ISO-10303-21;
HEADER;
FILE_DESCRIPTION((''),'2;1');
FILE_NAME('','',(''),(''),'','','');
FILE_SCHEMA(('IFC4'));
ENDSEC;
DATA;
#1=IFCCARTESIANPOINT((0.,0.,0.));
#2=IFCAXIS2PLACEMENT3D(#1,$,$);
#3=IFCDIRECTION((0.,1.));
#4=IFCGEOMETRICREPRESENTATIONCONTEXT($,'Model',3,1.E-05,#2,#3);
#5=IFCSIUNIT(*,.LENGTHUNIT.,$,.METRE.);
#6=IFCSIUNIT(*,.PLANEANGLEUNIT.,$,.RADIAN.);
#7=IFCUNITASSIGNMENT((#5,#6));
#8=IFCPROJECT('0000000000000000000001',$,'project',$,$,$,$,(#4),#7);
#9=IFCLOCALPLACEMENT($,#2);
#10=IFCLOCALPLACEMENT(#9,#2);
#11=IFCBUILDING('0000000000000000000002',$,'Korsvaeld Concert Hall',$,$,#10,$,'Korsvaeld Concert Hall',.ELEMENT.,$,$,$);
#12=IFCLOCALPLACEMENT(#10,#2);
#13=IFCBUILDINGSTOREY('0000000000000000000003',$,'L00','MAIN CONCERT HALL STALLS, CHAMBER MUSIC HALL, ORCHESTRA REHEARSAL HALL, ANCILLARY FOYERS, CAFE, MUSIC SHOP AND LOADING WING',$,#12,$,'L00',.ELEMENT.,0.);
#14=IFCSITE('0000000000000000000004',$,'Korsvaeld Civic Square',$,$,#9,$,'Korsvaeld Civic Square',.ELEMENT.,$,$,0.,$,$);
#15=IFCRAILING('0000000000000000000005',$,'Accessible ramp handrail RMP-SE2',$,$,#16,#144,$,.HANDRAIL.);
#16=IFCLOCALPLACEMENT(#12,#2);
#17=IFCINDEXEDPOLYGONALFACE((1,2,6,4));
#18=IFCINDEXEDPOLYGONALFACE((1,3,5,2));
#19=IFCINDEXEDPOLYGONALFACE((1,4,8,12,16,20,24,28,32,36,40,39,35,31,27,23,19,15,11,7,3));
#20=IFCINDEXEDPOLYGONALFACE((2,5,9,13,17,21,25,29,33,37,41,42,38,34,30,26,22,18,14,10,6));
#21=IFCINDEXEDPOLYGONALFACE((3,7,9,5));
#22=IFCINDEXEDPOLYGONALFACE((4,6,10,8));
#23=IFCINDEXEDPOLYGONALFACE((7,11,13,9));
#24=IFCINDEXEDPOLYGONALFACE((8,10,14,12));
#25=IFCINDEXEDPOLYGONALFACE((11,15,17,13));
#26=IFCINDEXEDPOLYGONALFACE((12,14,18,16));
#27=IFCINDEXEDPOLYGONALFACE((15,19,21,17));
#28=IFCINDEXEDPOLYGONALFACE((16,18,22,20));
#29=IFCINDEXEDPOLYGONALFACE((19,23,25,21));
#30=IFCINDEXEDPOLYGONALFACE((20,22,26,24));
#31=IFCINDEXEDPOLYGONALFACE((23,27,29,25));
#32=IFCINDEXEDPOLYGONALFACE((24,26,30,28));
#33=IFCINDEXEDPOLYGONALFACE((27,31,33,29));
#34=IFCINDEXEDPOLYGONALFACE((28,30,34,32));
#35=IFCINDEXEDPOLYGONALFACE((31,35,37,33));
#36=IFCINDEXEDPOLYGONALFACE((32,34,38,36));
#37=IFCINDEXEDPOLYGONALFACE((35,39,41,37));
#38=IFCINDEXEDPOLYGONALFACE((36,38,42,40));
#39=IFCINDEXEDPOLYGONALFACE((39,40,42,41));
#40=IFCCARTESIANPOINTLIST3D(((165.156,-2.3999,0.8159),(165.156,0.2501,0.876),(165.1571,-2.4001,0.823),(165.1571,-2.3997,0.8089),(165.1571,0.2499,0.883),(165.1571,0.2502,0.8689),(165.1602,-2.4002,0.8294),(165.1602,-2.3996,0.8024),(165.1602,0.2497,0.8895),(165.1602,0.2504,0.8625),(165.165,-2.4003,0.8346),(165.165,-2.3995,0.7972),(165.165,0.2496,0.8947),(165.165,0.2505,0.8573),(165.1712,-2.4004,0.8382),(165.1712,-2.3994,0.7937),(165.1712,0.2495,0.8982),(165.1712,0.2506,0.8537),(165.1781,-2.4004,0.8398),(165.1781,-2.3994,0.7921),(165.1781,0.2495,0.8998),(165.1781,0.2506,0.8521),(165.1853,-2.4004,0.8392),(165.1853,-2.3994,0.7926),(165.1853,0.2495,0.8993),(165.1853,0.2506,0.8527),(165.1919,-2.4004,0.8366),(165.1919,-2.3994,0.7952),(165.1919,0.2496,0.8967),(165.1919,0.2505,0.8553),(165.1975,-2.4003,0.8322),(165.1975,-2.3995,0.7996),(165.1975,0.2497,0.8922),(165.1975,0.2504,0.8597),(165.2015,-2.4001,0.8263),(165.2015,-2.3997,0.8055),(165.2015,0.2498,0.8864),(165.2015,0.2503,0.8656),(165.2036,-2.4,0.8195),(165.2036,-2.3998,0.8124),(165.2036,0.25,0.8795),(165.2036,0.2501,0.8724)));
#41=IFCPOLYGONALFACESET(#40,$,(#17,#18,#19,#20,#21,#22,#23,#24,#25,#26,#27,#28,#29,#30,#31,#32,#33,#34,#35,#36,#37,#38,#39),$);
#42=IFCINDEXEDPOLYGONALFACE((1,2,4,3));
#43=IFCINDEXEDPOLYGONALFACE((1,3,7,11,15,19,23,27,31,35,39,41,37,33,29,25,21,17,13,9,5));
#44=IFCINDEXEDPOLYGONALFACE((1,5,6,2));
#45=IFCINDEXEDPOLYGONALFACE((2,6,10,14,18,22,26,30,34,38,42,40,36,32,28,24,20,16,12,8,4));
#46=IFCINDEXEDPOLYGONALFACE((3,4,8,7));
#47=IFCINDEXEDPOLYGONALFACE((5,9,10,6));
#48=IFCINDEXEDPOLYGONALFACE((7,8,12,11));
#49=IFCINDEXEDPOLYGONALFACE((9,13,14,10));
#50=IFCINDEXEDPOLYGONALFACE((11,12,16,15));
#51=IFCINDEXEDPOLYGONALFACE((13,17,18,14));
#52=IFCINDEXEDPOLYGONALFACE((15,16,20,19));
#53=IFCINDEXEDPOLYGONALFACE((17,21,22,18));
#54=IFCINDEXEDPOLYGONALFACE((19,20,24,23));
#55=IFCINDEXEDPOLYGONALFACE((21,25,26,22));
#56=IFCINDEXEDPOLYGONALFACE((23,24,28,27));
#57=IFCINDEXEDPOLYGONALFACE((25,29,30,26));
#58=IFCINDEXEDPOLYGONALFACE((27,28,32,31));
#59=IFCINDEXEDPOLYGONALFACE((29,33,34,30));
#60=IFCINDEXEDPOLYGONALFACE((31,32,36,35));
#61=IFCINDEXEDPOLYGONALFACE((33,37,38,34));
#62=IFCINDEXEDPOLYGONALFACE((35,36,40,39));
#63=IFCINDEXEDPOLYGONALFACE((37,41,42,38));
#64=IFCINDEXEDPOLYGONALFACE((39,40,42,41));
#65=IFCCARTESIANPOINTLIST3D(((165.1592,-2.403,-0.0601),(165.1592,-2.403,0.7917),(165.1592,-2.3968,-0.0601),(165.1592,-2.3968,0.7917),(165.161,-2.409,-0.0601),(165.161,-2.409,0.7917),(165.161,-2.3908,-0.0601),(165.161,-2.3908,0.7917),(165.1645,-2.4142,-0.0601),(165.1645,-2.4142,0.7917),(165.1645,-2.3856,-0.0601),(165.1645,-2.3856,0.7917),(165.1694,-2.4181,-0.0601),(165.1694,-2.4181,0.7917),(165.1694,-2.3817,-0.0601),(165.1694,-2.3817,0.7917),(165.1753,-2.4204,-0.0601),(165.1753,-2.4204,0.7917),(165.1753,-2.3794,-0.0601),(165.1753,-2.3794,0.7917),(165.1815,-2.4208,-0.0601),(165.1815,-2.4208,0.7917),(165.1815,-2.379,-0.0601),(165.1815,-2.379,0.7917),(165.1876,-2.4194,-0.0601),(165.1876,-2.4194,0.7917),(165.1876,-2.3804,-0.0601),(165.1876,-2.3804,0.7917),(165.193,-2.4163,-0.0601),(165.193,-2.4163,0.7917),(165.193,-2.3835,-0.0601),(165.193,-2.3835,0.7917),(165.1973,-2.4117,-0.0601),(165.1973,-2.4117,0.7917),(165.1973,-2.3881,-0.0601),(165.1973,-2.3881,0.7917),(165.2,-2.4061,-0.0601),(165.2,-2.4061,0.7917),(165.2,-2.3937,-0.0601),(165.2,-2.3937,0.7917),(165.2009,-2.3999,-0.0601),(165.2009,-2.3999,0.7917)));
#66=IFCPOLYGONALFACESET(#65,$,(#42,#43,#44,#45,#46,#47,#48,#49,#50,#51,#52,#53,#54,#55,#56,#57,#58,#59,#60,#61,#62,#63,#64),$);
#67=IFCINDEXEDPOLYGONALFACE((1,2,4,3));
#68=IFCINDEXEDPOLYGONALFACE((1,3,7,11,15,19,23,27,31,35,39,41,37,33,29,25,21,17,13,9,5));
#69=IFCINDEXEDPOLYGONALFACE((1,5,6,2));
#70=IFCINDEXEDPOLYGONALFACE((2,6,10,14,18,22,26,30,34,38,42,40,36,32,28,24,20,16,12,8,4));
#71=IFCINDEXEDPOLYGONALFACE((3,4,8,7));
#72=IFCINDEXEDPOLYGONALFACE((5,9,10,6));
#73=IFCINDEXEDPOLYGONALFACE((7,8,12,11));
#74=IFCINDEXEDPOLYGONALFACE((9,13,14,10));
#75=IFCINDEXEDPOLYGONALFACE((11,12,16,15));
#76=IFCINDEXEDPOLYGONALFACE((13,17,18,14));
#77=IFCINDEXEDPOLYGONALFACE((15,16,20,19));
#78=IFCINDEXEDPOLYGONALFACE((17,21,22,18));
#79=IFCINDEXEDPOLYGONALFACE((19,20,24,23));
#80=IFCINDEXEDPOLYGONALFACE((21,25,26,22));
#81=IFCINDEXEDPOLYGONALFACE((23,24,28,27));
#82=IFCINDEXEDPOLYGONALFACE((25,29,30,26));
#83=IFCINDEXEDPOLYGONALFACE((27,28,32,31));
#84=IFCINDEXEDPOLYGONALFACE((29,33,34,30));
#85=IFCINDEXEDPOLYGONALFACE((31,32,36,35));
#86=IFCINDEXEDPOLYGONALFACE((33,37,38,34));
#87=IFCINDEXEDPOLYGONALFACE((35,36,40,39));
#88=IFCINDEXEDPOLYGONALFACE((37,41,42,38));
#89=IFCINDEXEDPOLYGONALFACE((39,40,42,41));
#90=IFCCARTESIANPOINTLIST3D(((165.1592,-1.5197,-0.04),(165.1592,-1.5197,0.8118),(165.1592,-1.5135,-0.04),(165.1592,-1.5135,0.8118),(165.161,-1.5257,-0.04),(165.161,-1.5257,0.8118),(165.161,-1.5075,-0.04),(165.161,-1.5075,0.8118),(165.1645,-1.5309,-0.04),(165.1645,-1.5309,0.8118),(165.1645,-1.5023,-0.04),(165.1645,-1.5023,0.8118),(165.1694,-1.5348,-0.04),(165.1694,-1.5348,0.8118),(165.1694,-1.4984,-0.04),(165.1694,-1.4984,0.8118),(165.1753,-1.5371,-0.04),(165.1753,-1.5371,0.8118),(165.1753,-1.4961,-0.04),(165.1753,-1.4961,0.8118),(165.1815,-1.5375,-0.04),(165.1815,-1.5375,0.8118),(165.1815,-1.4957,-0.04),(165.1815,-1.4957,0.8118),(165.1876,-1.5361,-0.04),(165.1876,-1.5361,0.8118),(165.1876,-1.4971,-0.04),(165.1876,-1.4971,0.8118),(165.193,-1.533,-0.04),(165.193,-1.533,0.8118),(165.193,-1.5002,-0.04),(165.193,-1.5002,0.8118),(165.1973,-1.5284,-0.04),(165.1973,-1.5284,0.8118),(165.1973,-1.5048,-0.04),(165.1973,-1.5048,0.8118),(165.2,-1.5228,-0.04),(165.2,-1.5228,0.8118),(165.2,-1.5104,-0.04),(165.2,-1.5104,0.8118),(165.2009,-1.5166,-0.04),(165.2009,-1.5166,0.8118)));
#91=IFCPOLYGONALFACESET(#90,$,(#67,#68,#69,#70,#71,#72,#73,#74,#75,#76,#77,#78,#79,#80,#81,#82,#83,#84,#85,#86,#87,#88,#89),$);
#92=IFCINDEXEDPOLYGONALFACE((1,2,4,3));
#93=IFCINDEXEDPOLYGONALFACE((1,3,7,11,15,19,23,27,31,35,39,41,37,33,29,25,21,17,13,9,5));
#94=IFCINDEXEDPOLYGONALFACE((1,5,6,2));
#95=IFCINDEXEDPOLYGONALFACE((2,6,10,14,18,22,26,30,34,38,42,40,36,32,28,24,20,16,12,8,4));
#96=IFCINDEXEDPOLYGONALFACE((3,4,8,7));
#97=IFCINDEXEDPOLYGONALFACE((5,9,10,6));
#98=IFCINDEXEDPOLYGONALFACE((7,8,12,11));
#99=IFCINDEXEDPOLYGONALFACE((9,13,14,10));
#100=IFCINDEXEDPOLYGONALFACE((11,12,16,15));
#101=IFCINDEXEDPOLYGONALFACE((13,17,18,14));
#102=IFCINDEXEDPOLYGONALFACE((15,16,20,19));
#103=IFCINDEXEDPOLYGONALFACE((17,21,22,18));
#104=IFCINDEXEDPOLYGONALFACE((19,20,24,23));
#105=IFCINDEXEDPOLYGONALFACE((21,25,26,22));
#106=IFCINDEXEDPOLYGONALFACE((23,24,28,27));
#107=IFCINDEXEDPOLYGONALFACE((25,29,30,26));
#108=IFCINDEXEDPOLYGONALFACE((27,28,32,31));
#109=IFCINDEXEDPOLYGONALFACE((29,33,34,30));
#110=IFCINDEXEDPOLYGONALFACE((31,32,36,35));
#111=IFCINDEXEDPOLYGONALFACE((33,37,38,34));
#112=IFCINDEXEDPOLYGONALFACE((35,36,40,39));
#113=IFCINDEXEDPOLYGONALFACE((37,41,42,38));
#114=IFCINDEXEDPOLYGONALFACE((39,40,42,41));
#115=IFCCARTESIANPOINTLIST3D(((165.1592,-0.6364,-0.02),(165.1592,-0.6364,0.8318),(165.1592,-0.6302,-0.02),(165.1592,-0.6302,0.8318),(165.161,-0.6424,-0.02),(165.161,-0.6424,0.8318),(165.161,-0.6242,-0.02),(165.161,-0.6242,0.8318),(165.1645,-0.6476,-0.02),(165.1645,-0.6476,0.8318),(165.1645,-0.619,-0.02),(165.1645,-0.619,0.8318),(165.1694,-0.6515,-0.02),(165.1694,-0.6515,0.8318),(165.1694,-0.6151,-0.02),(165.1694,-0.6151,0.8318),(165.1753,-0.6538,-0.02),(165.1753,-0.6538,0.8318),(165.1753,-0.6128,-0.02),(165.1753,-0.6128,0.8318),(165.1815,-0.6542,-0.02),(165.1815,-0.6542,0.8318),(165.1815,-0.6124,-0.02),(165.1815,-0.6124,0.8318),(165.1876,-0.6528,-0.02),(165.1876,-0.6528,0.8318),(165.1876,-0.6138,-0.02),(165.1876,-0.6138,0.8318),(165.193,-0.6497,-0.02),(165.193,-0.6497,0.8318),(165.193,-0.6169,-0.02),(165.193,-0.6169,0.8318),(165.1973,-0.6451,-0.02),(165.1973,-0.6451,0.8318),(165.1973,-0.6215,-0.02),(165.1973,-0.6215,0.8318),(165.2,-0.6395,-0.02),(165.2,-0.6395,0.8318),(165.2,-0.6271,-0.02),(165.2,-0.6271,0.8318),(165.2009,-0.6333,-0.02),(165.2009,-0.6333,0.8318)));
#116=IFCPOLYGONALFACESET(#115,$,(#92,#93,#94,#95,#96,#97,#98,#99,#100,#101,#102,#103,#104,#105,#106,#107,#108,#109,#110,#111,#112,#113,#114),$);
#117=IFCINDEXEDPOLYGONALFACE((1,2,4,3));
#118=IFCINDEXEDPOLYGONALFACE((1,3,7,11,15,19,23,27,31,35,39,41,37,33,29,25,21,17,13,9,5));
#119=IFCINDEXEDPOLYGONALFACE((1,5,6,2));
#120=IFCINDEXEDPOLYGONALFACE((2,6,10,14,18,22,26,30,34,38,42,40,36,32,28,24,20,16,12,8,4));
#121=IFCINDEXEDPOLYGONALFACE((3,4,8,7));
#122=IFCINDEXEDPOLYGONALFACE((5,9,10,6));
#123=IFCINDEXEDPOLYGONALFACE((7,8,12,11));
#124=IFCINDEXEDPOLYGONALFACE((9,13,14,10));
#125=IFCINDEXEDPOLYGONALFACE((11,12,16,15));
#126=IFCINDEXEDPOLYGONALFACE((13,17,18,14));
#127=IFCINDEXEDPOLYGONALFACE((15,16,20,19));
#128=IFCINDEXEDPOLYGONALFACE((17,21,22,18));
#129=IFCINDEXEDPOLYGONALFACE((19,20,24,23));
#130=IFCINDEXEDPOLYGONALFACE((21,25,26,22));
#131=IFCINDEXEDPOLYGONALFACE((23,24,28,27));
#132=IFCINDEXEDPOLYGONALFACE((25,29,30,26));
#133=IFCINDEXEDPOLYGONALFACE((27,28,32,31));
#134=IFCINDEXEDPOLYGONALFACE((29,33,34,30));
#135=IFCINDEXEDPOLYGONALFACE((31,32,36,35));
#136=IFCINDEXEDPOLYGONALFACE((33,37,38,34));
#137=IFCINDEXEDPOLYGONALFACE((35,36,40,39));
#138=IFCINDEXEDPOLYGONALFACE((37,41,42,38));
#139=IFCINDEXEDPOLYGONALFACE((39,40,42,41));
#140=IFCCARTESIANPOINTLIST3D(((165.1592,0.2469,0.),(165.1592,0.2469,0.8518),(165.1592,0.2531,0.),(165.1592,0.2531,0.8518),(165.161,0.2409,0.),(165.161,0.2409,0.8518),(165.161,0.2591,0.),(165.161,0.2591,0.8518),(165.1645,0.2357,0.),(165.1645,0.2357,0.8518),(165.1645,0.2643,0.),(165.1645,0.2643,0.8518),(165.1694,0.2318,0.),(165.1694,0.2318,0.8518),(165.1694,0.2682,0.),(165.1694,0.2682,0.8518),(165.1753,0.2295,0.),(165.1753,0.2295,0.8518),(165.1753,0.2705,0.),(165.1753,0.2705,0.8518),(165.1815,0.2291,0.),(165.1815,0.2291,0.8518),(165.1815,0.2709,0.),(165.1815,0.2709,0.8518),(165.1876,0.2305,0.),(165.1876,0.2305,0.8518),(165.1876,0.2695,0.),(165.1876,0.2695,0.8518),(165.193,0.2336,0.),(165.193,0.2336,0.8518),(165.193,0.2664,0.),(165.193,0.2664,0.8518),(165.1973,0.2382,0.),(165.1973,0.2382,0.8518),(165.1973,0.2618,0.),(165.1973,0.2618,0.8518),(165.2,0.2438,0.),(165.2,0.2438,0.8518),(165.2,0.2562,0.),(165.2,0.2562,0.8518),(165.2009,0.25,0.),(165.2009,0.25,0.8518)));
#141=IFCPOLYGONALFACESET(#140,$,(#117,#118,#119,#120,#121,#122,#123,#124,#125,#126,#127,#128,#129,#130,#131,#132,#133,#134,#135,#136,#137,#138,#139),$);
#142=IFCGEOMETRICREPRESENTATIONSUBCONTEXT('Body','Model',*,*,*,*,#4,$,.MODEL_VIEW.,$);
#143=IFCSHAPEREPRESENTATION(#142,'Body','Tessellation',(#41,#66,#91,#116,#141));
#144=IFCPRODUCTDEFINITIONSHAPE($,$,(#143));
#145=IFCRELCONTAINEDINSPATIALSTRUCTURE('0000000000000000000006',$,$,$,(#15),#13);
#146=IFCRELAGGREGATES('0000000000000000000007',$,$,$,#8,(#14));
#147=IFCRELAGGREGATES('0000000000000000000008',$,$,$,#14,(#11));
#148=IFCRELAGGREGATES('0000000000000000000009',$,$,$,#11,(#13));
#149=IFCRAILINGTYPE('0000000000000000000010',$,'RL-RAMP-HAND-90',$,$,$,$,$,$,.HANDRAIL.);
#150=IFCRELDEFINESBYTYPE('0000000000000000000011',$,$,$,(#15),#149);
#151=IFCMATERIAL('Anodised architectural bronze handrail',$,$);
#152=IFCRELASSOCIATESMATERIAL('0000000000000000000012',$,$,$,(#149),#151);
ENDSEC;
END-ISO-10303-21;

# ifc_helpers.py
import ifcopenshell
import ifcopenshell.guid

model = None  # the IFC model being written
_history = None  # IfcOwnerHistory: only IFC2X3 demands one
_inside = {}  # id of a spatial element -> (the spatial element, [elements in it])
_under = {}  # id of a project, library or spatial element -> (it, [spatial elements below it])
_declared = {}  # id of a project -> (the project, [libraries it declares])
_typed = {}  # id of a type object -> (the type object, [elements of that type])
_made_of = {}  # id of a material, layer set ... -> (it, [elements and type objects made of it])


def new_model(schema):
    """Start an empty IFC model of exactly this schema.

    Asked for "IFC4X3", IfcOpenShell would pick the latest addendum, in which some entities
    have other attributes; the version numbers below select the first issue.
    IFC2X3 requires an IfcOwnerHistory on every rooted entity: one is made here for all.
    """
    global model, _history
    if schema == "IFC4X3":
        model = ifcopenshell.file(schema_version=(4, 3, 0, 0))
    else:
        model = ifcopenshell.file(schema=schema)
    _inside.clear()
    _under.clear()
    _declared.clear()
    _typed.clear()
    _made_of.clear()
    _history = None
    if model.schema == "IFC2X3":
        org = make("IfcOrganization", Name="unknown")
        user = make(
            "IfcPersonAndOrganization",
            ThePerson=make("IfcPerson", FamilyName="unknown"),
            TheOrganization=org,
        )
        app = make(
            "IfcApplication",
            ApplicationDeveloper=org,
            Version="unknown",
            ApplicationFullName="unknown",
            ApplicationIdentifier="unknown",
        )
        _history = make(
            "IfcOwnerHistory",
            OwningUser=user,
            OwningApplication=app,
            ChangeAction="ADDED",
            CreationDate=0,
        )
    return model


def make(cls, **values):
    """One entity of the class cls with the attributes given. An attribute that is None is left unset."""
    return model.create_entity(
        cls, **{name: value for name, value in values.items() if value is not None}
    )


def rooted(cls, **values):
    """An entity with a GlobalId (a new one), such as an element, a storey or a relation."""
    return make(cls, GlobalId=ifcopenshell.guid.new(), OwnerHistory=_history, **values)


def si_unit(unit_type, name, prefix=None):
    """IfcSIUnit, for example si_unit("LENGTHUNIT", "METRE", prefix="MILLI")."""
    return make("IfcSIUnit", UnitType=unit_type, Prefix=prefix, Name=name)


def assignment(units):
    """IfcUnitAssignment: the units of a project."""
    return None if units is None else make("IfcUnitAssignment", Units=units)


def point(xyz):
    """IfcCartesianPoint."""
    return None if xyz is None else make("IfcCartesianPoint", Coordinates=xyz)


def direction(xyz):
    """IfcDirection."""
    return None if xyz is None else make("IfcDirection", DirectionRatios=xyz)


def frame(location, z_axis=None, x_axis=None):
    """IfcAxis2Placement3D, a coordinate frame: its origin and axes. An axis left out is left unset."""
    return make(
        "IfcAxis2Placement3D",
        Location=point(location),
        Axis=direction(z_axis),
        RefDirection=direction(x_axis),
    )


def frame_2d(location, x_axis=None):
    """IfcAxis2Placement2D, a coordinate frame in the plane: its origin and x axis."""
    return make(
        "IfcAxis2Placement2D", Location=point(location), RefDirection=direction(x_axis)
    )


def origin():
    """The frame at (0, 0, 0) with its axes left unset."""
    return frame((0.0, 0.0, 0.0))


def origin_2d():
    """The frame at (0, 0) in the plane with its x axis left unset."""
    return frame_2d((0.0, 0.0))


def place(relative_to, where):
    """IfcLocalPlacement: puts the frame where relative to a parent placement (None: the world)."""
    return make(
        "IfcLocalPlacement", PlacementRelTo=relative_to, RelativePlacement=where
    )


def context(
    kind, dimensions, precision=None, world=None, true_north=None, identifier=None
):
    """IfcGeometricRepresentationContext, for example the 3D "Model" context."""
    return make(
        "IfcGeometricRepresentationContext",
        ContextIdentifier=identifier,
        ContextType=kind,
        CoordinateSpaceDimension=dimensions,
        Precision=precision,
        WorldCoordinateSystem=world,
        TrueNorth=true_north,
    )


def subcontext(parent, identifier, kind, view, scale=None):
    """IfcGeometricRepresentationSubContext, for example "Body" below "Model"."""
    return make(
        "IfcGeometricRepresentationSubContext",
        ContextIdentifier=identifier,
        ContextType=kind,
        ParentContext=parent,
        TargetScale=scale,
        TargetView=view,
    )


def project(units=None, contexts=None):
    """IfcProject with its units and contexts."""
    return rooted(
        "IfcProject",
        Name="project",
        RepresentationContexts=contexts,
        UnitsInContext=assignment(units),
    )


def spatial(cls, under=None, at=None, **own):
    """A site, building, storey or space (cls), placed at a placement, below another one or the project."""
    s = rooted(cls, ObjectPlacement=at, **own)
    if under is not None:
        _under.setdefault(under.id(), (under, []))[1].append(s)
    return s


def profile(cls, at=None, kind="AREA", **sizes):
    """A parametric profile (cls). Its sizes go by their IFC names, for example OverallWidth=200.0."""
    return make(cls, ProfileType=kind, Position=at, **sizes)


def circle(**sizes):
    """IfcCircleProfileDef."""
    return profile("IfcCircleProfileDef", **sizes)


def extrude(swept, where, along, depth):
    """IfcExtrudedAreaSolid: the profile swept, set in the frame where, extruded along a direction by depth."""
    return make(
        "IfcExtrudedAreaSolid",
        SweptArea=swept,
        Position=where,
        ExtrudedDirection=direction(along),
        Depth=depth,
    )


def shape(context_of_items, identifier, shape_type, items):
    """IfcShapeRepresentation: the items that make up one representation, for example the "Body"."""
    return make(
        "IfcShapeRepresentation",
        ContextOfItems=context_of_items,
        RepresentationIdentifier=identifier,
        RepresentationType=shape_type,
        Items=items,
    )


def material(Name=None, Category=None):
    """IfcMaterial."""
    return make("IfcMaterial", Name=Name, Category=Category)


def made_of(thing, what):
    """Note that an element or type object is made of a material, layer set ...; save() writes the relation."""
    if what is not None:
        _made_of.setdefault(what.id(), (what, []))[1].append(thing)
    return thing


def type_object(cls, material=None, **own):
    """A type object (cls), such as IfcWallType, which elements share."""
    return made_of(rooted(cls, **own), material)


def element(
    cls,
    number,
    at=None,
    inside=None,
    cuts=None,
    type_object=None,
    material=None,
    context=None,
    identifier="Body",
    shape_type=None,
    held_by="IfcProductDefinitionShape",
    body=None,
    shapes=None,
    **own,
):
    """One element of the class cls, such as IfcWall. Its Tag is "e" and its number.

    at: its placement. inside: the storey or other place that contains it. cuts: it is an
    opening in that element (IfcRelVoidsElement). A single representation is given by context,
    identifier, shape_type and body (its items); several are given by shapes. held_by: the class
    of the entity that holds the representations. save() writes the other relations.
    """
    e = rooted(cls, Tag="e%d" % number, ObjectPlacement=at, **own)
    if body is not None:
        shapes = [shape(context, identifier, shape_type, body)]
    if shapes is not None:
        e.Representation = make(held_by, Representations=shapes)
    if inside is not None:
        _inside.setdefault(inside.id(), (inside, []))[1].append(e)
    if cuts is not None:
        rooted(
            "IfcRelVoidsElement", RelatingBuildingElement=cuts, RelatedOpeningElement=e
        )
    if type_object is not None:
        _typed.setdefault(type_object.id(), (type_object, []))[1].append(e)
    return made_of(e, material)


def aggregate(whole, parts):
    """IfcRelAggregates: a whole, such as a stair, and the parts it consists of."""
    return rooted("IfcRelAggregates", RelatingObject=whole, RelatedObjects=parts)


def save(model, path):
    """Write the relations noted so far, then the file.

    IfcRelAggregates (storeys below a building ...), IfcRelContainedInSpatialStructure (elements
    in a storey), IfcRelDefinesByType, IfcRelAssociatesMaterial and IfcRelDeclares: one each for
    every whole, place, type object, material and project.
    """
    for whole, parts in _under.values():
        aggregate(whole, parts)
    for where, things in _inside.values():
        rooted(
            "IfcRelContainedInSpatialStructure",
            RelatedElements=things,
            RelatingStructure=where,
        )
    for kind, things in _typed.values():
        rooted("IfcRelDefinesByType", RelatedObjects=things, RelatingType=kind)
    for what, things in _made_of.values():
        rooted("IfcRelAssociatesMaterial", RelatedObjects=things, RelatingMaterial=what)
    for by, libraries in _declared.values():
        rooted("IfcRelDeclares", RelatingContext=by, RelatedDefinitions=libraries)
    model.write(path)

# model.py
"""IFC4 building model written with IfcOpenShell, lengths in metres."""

from ifc_helpers import new_model, si_unit, direction, frame, origin, origin_2d, place, context, subcontext, project, spatial, circle, extrude, material, type_object, element, save


model = new_model("IFC4")

# Units and contexts
model_context = context("Model", 3, precision=1e-05, world=origin(), true_north=direction((0.0, 1.0)))
body_context = subcontext(model_context, "Body", "Model", "MODEL_VIEW")
ifc_project = project(units=[si_unit("LENGTHUNIT", "METRE"), si_unit("PLANEANGLEUNIT", "RADIAN")], contexts=[model_context])

# Site, building, storey
site_placement = place(None, origin())
site = spatial("IfcSite", under=ifc_project, at=site_placement, Name="Korsvaeld Civic Square", LongName="Korsvaeld Civic Square", CompositionType="ELEMENT", RefElevation=0.0)
building_placement = place(site_placement, origin())
building = spatial("IfcBuilding", under=site, at=building_placement, Name="Korsvaeld Concert Hall", LongName="Korsvaeld Concert Hall", CompositionType="ELEMENT")
storey_placement = place(building_placement, origin())
storey = spatial("IfcBuildingStorey", under=building, at=storey_placement, Name="L00", Description="MAIN CONCERT HALL STALLS, CHAMBER MUSIC HALL, ORCHESTRA REHEARSAL HALL, ANCILLARY FOYERS, CAFE, MUSIC SHOP AND LOADING WING", LongName="L00", CompositionType="ELEMENT", Elevation=0.0)

# Railing
ifc_material_1 = material(Name="Anodised architectural bronze handrail")
railing_type = type_object("IfcRailingType", Name="RL-RAMP-HAND-90", PredefinedType="HANDRAIL", material=ifc_material_1)
railing_placement = place(storey_placement, frame((165.1799, -2.3999, -0.0601)))
element("IfcRailing", 1, at=railing_placement, inside=storey, type_object=railing_type, Name="Accessible ramp handrail RMP-SE2", PredefinedType="HANDRAIL", context=body_context, shape_type="SweptSolid", body=[
    extrude(circle(Radius=0.0239, at=origin_2d()), frame((0.0, 0.0, 0.876), z_axis=(0.0, 0.999743, 0.022659), x_axis=(-1.0, 0.0, 0.0)), (0.0, 0.0, 1.0), 2.6506),
    extrude(circle(Radius=0.021, at=origin_2d()), origin(), (0.0, 0.0, 1.0), 0.8518),
    extrude(circle(Radius=0.021, at=origin_2d()), frame((0.0, 0.8833, 0.02)), (0.0, 0.0, 1.0), 0.8518),
    extrude(circle(Radius=0.021, at=origin_2d()), frame((0.0, 1.7666, 0.04)), (0.0, 0.0, 1.0), 0.8518),
    extrude(circle(Radius=0.021, at=origin_2d()), frame((0.0, 2.6499, 0.0601)), (0.0, 0.0, 1.0), 0.8518),
])

save(model, "model.ifc")
